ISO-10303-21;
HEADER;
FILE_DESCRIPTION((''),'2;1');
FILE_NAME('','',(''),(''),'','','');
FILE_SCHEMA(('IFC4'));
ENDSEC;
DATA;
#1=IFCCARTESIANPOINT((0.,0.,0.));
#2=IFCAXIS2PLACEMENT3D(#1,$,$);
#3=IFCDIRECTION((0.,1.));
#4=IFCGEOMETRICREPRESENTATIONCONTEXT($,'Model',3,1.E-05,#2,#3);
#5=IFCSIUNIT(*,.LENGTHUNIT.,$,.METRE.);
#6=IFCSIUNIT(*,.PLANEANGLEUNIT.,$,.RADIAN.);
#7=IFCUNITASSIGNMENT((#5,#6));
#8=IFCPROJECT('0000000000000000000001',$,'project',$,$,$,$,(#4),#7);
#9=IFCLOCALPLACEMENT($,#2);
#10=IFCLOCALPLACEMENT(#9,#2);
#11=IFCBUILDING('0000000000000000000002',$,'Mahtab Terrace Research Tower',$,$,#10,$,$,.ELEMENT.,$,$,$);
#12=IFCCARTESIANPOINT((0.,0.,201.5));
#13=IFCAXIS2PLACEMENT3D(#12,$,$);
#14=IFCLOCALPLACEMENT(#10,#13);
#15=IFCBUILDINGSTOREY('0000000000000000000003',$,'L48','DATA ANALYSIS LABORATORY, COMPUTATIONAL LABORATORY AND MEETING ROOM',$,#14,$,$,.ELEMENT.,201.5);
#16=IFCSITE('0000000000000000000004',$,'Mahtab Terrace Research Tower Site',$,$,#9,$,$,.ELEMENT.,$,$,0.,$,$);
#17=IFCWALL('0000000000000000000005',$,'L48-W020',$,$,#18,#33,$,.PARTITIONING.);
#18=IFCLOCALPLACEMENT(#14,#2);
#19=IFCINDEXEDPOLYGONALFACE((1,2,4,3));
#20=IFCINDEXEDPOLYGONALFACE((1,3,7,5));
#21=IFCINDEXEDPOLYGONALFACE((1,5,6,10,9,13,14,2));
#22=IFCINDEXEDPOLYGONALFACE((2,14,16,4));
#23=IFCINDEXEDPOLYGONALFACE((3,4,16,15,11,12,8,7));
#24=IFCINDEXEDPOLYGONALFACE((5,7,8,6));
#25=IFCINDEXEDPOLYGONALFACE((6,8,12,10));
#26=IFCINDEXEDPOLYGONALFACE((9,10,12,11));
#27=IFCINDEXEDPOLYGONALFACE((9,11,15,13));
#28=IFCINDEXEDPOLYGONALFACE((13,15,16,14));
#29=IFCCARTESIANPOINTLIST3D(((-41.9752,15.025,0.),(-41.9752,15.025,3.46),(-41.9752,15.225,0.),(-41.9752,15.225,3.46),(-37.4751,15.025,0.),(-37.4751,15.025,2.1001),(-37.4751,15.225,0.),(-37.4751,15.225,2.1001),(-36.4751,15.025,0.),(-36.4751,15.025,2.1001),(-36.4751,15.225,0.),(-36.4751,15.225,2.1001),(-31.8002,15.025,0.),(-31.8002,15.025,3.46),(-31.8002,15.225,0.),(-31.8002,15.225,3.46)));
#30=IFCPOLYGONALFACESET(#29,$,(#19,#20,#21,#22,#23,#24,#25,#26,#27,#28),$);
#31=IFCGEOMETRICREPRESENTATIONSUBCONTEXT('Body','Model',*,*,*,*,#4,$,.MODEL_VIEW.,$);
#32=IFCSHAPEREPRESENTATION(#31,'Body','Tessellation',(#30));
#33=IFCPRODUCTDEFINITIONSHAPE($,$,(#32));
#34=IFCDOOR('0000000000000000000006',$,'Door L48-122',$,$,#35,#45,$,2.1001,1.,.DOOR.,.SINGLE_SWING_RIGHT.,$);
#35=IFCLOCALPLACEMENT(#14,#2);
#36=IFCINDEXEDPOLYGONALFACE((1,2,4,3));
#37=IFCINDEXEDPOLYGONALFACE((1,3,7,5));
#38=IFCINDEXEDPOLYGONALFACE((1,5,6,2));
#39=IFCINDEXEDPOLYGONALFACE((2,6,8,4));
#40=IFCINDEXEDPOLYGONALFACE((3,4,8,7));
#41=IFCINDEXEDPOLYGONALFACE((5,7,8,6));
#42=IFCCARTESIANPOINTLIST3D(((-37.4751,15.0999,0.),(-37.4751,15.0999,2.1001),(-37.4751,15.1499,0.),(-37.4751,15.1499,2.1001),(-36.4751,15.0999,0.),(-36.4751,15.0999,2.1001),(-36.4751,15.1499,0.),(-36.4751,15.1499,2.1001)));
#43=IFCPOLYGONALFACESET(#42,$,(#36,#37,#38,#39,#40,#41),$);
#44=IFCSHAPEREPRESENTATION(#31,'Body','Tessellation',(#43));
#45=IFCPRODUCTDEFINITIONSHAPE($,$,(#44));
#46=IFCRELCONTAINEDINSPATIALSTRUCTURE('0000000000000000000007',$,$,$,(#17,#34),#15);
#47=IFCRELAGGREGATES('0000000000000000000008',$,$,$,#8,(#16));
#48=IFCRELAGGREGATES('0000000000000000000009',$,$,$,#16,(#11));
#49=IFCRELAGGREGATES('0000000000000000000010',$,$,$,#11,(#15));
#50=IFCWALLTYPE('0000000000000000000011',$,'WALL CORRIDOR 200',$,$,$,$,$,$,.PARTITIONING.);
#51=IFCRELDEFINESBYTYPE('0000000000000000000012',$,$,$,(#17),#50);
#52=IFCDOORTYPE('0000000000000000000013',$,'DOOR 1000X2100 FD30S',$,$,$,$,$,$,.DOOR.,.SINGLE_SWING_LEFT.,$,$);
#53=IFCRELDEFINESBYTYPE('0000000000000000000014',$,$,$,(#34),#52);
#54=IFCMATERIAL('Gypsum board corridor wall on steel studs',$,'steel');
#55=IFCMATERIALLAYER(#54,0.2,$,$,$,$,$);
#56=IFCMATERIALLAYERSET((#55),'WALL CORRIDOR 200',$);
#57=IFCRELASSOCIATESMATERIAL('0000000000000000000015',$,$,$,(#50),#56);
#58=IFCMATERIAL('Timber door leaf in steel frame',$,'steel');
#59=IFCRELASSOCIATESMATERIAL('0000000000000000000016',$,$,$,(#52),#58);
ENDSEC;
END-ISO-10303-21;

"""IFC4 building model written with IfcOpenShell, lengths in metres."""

from ifc_helpers import new_model, si_unit, direction, frame, frame_2d, origin, place, context, subcontext, project, spatial, rectangle, extrude, material, layer, layer_set, type_object, element, fill, save


model = new_model("IFC4")

# Units and contexts
model_context = context("Model", 3, precision=1e-05, world=origin(), true_north=direction((0.0, 1.0)))
body_context = subcontext(model_context, "Body", "Model", "MODEL_VIEW")
ifc_project = project(units=[si_unit("LENGTHUNIT", "METRE"), si_unit("PLANEANGLEUNIT", "RADIAN")], contexts=[model_context])

# Site, building, storey
site_placement = place(None, origin())
site = spatial("IfcSite", under=ifc_project, at=site_placement, Name="Mahtab Terrace Research Tower Site", CompositionType="ELEMENT", RefElevation=0.0)
building_placement = place(site_placement, origin())
building = spatial("IfcBuilding", under=site, at=building_placement, Name="Mahtab Terrace Research Tower", CompositionType="ELEMENT")
storey_placement = place(building_placement, frame((0.0, 0.0, 201.5)))
storey = spatial("IfcBuildingStorey", under=building, at=storey_placement, Name="L48", Description="DATA ANALYSIS LABORATORY, COMPUTATIONAL LABORATORY AND MEETING ROOM", CompositionType="ELEMENT", Elevation=201.5)

# Wall, opening, door
ifc_material_1 = material(Name="Gypsum board corridor wall on steel studs", Category="steel")
ifc_layer_1 = layer(ifc_material_1, 0.2)
ifc_layer_set_1 = layer_set([ifc_layer_1], Name="WALL CORRIDOR 200")
wall_type = type_object("IfcWallType", Name="WALL CORRIDOR 200", PredefinedType="PARTITIONING", material=ifc_layer_set_1)
wall_placement = place(storey_placement, frame((-41.9751, 15.125, 0.0), z_axis=(0.0, 0.0, 1.0), x_axis=(1.0, 0.0, 0.0)))
wall = element("IfcWall", 1, at=wall_placement, inside=storey, type_object=wall_type, Name="L48-W020", PredefinedType="PARTITIONING", context=body_context, shape_type="SweptSolid", body=[
    extrude(rectangle(XDim=10.175, YDim=0.2, at=frame_2d((5.0874, 0.0))), origin(), (0.0, 0.0, 1.0), 3.46),
])
opening_placement = place(wall_placement, frame((4.5, 0.0, 0.0)))
opening = element("IfcOpeningElement", 2, at=opening_placement, cuts=wall, PredefinedType="OPENING", context=body_context, shape_type="SweptSolid", body=[
    extrude(rectangle(XDim=1.0, YDim=2.1001, at=frame_2d((0.5, 1.05))), frame((0.0, 0.1099, 0.0), z_axis=(0.0, -1.0, 0.0), x_axis=(1.0, 0.0, 0.0)), (0.0, 0.0, 1.0), 0.22),
])
ifc_material_2 = material(Name="Timber door leaf in steel frame", Category="steel")
door_type = type_object("IfcDoorType", Name="DOOR 1000X2100 FD30S", OperationType="SINGLE_SWING_LEFT", PredefinedType="DOOR", material=ifc_material_2)
door_placement = place(opening_placement, origin())
door = element("IfcDoor", 3, at=door_placement, inside=storey, type_object=door_type, Name="Door L48-122", OperationType="SINGLE_SWING_RIGHT", OverallHeight=2.1001, OverallWidth=1.0, PredefinedType="DOOR", context=body_context, shape_type="SweptSolid", body=[
    extrude(rectangle(XDim=1.0, YDim=2.1001, at=frame_2d((0.5, 1.05))), frame((0.0, 0.0249, 0.0), z_axis=(0.0, -1.0, 0.0), x_axis=(1.0, 0.0, 0.0)), (0.0, 0.0, 1.0), 0.05),
])
fill(opening, door)

save(model, "model.ifc")
